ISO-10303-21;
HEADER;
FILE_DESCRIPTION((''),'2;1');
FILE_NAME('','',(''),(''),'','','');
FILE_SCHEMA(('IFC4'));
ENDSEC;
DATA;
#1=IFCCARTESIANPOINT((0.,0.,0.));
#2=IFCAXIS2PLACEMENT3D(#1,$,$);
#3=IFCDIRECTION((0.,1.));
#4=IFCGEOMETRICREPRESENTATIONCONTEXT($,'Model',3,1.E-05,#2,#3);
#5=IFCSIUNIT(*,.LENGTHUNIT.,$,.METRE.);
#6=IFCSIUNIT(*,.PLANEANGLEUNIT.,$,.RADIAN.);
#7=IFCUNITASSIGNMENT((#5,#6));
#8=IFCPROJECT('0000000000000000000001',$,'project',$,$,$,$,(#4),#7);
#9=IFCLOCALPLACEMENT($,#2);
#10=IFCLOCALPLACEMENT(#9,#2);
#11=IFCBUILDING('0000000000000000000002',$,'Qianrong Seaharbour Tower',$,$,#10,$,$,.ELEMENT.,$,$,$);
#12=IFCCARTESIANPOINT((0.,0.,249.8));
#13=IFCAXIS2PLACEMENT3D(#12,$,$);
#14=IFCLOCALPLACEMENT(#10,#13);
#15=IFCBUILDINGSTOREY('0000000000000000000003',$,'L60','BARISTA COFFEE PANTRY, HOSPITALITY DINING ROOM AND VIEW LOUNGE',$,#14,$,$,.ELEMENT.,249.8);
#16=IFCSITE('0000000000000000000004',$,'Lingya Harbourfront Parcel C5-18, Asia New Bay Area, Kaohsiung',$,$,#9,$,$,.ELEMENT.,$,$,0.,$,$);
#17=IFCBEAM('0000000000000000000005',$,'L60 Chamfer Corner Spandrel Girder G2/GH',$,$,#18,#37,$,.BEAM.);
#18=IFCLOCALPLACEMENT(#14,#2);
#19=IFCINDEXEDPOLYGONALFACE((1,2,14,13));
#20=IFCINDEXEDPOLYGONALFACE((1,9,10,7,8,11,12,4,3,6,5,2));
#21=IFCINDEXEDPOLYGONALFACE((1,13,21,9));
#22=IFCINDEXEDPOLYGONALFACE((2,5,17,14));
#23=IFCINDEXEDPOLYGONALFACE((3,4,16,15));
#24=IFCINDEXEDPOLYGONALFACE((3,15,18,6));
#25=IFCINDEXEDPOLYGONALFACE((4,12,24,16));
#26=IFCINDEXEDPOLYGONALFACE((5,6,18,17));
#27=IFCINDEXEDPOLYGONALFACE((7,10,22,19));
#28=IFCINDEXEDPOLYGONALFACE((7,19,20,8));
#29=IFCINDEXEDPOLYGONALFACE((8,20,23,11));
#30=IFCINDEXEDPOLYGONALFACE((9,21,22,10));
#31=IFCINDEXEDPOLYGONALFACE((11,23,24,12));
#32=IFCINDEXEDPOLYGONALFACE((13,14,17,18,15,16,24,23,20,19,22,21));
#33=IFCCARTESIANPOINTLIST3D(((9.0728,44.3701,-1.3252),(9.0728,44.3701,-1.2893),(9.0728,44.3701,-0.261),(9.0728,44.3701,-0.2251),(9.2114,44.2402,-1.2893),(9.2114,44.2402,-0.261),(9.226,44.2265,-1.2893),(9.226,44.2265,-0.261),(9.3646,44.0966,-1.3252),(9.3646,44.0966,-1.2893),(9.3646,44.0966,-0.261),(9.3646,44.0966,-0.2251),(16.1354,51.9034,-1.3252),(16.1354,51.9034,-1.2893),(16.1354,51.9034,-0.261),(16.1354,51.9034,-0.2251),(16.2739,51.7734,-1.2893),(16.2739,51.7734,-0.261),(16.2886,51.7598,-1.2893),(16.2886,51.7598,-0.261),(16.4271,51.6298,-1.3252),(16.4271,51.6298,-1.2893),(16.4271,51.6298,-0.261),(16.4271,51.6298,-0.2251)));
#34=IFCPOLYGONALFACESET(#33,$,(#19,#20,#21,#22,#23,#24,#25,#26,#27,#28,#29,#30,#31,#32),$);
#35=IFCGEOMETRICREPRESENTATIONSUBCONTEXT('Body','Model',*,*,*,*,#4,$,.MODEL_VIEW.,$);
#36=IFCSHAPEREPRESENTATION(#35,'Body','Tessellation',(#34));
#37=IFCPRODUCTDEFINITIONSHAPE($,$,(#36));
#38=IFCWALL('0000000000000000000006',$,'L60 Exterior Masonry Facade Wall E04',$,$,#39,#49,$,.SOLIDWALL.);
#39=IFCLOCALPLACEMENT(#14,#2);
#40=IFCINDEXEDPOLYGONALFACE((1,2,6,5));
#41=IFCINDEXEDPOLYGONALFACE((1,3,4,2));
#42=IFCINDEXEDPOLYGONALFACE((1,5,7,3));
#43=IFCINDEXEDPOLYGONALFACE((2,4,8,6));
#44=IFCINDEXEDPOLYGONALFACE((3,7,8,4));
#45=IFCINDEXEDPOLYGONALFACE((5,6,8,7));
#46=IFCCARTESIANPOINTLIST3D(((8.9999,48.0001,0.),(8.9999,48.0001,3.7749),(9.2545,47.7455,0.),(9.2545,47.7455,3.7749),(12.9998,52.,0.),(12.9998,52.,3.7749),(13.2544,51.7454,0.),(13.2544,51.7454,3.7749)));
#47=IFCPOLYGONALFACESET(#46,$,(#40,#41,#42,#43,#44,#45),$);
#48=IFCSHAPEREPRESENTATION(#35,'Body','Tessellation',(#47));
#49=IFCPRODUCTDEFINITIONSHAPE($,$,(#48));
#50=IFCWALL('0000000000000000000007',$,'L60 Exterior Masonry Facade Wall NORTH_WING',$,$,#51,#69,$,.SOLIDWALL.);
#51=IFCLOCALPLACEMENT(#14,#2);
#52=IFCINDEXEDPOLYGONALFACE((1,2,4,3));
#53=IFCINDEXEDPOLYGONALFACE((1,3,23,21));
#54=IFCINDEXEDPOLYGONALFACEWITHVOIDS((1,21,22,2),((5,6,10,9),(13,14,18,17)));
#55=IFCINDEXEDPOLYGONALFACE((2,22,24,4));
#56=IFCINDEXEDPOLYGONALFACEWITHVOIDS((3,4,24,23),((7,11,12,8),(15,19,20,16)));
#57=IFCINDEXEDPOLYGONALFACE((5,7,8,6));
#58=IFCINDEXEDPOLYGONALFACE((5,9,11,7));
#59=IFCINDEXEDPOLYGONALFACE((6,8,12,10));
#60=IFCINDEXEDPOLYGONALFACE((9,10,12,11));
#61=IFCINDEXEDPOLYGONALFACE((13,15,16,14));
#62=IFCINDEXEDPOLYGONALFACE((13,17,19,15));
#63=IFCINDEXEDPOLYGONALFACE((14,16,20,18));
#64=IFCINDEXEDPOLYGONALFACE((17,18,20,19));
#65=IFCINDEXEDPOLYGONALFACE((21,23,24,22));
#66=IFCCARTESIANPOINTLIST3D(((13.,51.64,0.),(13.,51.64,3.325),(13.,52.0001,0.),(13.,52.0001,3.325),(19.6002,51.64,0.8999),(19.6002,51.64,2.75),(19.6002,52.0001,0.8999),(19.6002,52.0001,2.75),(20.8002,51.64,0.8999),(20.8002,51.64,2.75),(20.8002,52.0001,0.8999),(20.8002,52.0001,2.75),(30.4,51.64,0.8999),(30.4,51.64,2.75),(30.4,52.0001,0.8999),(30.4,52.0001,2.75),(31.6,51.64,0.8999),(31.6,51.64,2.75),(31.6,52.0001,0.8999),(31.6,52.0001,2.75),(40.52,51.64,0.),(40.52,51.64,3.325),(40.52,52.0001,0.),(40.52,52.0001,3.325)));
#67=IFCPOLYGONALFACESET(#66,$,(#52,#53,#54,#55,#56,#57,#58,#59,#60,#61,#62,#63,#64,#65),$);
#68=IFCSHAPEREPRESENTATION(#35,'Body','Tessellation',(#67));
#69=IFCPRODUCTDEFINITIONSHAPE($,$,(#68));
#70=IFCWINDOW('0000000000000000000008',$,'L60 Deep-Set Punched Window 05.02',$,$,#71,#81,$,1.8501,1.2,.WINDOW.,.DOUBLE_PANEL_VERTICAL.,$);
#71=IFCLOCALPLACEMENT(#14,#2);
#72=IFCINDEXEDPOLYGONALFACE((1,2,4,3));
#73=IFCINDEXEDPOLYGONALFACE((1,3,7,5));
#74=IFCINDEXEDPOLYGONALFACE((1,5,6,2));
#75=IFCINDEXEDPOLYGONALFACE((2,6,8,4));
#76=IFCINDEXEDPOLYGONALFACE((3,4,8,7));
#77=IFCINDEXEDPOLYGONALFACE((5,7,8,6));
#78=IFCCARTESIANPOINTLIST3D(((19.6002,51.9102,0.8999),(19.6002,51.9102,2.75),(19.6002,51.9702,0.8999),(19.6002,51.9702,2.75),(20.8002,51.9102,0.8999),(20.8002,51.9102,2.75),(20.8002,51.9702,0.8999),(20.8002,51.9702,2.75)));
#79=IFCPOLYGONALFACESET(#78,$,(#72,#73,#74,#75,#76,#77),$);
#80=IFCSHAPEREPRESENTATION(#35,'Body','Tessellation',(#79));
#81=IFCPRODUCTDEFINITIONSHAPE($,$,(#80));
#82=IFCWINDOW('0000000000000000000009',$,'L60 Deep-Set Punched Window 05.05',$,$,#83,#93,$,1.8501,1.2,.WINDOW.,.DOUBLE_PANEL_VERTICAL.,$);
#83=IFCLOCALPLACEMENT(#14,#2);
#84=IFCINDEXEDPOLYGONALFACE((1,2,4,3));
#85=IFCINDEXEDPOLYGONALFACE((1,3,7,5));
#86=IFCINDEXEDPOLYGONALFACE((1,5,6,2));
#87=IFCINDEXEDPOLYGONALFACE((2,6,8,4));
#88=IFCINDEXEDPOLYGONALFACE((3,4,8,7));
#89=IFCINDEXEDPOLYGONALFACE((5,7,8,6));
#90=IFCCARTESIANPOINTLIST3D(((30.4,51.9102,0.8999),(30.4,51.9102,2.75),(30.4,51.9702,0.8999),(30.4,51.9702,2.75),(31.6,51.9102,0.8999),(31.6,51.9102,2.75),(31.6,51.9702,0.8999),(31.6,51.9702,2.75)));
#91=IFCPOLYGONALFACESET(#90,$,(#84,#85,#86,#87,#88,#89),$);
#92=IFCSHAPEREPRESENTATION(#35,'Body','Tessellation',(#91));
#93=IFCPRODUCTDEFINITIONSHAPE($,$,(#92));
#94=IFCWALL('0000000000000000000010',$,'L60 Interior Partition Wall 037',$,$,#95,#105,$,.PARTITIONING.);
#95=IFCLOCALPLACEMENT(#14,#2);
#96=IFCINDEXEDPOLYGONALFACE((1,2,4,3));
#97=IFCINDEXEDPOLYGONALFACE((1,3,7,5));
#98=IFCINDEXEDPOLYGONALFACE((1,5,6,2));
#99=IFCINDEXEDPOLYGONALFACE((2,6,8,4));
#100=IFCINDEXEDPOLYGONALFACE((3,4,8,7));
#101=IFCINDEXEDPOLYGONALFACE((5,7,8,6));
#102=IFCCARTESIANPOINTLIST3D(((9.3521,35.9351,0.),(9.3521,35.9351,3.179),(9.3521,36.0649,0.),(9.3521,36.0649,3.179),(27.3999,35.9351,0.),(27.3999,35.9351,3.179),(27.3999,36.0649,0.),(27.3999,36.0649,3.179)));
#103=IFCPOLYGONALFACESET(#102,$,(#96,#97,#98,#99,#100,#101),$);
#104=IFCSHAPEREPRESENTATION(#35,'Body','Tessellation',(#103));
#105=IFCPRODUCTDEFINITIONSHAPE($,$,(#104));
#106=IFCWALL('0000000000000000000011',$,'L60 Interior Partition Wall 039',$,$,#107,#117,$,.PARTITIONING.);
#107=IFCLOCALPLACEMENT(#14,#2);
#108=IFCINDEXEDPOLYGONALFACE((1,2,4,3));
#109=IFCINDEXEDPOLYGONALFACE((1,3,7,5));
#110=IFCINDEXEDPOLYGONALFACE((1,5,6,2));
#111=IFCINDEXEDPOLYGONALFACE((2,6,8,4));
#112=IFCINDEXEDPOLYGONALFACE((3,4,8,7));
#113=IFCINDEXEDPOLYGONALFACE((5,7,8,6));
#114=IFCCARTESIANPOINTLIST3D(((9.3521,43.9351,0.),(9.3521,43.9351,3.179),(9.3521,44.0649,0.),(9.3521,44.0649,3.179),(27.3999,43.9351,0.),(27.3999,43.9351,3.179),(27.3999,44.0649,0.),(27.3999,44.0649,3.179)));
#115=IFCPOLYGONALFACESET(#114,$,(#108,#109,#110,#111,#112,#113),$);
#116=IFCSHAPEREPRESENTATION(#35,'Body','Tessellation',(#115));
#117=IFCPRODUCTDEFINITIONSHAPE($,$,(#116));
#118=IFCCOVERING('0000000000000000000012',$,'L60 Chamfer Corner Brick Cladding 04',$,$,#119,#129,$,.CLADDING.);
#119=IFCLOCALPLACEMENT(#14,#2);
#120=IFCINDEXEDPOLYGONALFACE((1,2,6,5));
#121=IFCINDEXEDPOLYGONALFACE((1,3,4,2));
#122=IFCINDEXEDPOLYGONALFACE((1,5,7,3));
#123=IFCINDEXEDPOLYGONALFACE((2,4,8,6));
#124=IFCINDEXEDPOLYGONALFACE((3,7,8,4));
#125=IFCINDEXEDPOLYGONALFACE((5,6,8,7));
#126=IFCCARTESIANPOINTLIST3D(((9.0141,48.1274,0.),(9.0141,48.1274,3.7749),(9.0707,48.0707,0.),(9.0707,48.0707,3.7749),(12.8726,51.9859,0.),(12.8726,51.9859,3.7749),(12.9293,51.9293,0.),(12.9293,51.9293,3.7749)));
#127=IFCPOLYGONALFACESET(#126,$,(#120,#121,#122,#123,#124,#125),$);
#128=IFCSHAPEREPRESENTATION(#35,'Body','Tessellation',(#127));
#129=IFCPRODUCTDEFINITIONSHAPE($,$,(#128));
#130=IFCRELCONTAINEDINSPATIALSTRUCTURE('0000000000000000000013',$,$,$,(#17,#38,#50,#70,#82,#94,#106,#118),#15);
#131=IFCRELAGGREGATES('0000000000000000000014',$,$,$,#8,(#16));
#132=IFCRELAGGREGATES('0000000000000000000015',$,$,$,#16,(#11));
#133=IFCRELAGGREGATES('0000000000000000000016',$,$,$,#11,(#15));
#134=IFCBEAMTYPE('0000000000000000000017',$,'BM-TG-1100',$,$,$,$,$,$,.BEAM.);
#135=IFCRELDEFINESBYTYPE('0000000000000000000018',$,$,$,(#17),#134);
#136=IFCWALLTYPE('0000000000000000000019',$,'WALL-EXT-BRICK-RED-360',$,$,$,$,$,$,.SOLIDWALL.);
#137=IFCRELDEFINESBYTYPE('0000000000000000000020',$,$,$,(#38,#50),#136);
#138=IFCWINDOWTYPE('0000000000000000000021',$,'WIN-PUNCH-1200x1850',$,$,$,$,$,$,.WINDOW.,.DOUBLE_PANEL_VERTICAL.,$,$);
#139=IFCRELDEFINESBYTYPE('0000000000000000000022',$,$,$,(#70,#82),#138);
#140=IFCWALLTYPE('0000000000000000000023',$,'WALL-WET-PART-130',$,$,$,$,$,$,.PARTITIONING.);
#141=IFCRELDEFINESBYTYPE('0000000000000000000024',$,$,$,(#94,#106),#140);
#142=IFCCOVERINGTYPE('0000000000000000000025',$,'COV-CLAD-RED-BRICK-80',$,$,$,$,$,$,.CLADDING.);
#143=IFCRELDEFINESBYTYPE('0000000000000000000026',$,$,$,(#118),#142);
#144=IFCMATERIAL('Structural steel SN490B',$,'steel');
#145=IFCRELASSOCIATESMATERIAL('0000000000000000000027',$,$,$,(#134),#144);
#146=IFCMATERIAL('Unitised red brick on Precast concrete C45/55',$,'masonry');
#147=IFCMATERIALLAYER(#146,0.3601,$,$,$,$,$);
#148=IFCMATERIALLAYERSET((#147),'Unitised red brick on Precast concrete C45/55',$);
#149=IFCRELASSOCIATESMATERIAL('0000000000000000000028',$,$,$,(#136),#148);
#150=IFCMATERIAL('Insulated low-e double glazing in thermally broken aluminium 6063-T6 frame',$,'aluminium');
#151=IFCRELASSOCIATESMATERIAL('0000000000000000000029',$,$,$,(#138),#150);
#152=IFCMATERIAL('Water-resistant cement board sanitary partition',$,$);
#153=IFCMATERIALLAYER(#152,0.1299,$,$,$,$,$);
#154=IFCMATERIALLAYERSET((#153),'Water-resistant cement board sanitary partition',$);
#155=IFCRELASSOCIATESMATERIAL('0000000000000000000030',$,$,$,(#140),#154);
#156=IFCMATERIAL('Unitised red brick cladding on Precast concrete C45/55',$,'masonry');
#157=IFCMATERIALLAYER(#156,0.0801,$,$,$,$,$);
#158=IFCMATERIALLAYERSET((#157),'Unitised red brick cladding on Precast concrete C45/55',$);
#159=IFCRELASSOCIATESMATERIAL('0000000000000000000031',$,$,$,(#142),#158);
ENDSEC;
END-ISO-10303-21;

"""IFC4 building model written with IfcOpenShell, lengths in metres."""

from ifc_helpers import new_model, si_unit, direction, frame, frame_2d, origin, origin_2d, place, context, subcontext, project, spatial, rectangle, i_section, extrude, material, layer, layer_set, material_profile, profile_set, type_object, element, fill, save


model = new_model("IFC4")

# Units and contexts
model_context = context("Model", 3, precision=1e-05, world=origin(), true_north=direction((0.0, 1.0)))
body_context = subcontext(model_context, "Body", "Model", "MODEL_VIEW")
ifc_project = project(units=[si_unit("LENGTHUNIT", "METRE"), si_unit("PLANEANGLEUNIT", "RADIAN")], contexts=[model_context])

# Site, building, storey
site_placement = place(None, origin())
site = spatial("IfcSite", under=ifc_project, at=site_placement, Name="Lingya Harbourfront Parcel C5-18, Asia New Bay Area, Kaohsiung", CompositionType="ELEMENT", RefElevation=0.0)
building_placement = place(site_placement, origin())
building = spatial("IfcBuilding", under=site, at=building_placement, Name="Qianrong Seaharbour Tower", CompositionType="ELEMENT")
storey_placement = place(building_placement, frame((0.0, 0.0, 249.8)))
storey = spatial("IfcBuildingStorey", under=building, at=storey_placement, Name="L60", Description="BARISTA COFFEE PANTRY, HOSPITALITY DINING ROOM AND VIEW LOUNGE", CompositionType="ELEMENT", Elevation=249.8)

# Shared definitions
ifc_material_1 = material(Name="Structural steel SN490B", Category="steel")

# Beam
ifc_material_profile_1 = material_profile(ifc_material_1, i_section(OverallWidth=0.3999, OverallDepth=1.1001, WebThickness=0.02, FlangeThickness=0.0359, at=origin_2d()), Name="BH1100x400x20x36")
ifc_profile_set_1 = profile_set([ifc_material_profile_1], Name="Structural steel SN490B")
beam_type_1 = type_object("IfcBeamType", Name="BM-TG-1100", PredefinedType="BEAM", material=ifc_profile_set_1)
beam_1_placement = place(storey_placement, frame((16.2812, 51.7666, -0.7751), z_axis=(-0.683947, -0.729531, 0.0), x_axis=(0.729531, -0.683947, 0.0)))
element("IfcBeam", 1, at=beam_1_placement, inside=storey, type_object=beam_type_1, Name="L60 Chamfer Corner Spandrel Girder G2/GH", PredefinedType="BEAM", context=body_context, shape_type="SweptSolid", body=[
    extrude(i_section(OverallWidth=0.3999, OverallDepth=1.1001, WebThickness=0.02, FlangeThickness=0.0359, at=origin_2d()), origin(), (0.0, 0.0, 1.0), 10.3262),
])

# Wall
ifc_material_2 = material(Name="Unitised red brick on Precast concrete C45/55", Category="masonry")
ifc_layer_1 = layer(ifc_material_2, 0.3601)
ifc_layer_set_1 = layer_set([ifc_layer_1], Name="Unitised red brick on Precast concrete C45/55")
wall_type_1 = type_object("IfcWallType", Name="WALL-EXT-BRICK-RED-360", PredefinedType="SOLIDWALL", material=ifc_layer_set_1)
wall_1_placement = place(storey_placement, frame((9.1272, 47.8728, 0.0), z_axis=(0.0, 0.0, 1.0), x_axis=(0.707107, 0.707107, 0.0)))
element("IfcWall", 2, at=wall_1_placement, inside=storey, type_object=wall_type_1, Name="L60 Exterior Masonry Facade Wall E04", PredefinedType="SOLIDWALL", context=body_context, shape_type="SweptSolid", body=[
    extrude(rectangle(XDim=5.6567, YDim=0.3601, at=frame_2d((2.8284, 0.0))), origin(), (0.0, 0.0, 1.0), 3.7749),
])

# Wall, openings, windows
wall_2_placement = place(storey_placement, frame((13.0, 51.8201, 0.0), z_axis=(0.0, 0.0, 1.0), x_axis=(1.0, 0.0, 0.0)))
wall_2 = element("IfcWall", 3, at=wall_2_placement, inside=storey, type_object=wall_type_1, Name="L60 Exterior Masonry Facade Wall NORTH_WING", PredefinedType="SOLIDWALL", context=body_context, shape_type="SweptSolid", body=[
    extrude(rectangle(XDim=27.52, YDim=0.3601, at=frame_2d((13.76, 0.0))), origin(), (0.0, 0.0, 1.0), 3.325),
])
opening_1_placement = place(wall_2_placement, frame((6.6001, 0.0, 0.8999)))
opening_1 = element("IfcOpeningElement", 4, at=opening_1_placement, cuts=wall_2, PredefinedType="OPENING", context=body_context, shape_type="SweptSolid", body=[
    extrude(rectangle(XDim=1.2, YDim=1.8501, at=frame_2d((0.6001, 0.925))), frame((0.0, 0.1899, 0.0), z_axis=(0.0, -1.0, 0.0), x_axis=(1.0, 0.0, 0.0)), (0.0, 0.0, 1.0), 0.3801),
])
opening_2_placement = place(wall_2_placement, frame((17.3999, 0.0, 0.8999)))
opening_2 = element("IfcOpeningElement", 5, at=opening_2_placement, cuts=wall_2, PredefinedType="OPENING", context=body_context, shape_type="SweptSolid", body=[
    extrude(rectangle(XDim=1.2, YDim=1.8501, at=frame_2d((0.6001, 0.925))), frame((0.0, 0.1899, 0.0), z_axis=(0.0, -1.0, 0.0), x_axis=(1.0, 0.0, 0.0)), (0.0, 0.0, 1.0), 0.3801),
])
ifc_material_3 = material(Name="Insulated low-e double glazing in thermally broken aluminium 6063-T6 frame", Category="aluminium")
window_type = type_object("IfcWindowType", Name="WIN-PUNCH-1200x1850", PartitioningType="DOUBLE_PANEL_VERTICAL", PredefinedType="WINDOW", material=ifc_material_3)
window_1_placement = place(opening_1_placement, origin())
window_1 = element("IfcWindow", 6, at=window_1_placement, inside=storey, type_object=window_type, Name="L60 Deep-Set Punched Window 05.02", OverallHeight=1.8501, OverallWidth=1.2, PartitioningType="DOUBLE_PANEL_VERTICAL", PredefinedType="WINDOW", context=body_context, shape_type="SweptSolid", body=[
    extrude(rectangle(XDim=1.2, YDim=1.8501, at=frame_2d((0.6001, 0.925))), frame((0.0, 0.1501, 0.0), z_axis=(0.0, -1.0, 0.0), x_axis=(1.0, 0.0, 0.0)), (0.0, 0.0, 1.0), 0.0601),
])
fill(opening_1, window_1)
window_2_placement = place(opening_2_placement, origin())
window_2 = element("IfcWindow", 7, at=window_2_placement, inside=storey, type_object=window_type, Name="L60 Deep-Set Punched Window 05.05", OverallHeight=1.8501, OverallWidth=1.2, PartitioningType="DOUBLE_PANEL_VERTICAL", PredefinedType="WINDOW", context=body_context, shape_type="SweptSolid", body=[
    extrude(rectangle(XDim=1.2, YDim=1.8501, at=frame_2d((0.6001, 0.925))), frame((0.0, 0.1501, 0.0), z_axis=(0.0, -1.0, 0.0), x_axis=(1.0, 0.0, 0.0)), (0.0, 0.0, 1.0), 0.0601),
])
fill(opening_2, window_2)

# Walls
ifc_material_4 = material(Name="Water-resistant cement board sanitary partition")
ifc_layer_2 = layer(ifc_material_4, 0.1299)
ifc_layer_set_2 = layer_set([ifc_layer_2], Name="Water-resistant cement board sanitary partition")
wall_type_2 = type_object("IfcWallType", Name="WALL-WET-PART-130", PredefinedType="PARTITIONING", material=ifc_layer_set_2)
for number, where, z_axis, x_axis, name in (
    (8, (9.3521, 36.0, 0.0), (0.0, 0.0, 1.0), (1.0, 0.0, 0.0), "L60 Interior Partition Wall 037"),
    (9, (9.3521, 44.0, 0.0), (0.0, 0.0, 1.0), (1.0, 0.0, 0.0), "L60 Interior Partition Wall 039"),
):
    element("IfcWall", number, at=place(storey_placement, frame(where, z_axis=z_axis, x_axis=x_axis)), inside=storey, type_object=wall_type_2, Name=name, PredefinedType="PARTITIONING", context=body_context, shape_type="SweptSolid", body=[
        extrude(rectangle(XDim=18.0479, YDim=0.1299, at=frame_2d((9.0239, 0.0))), origin(), (0.0, 0.0, 1.0), 3.179),
    ])

# Covering
ifc_material_5 = material(Name="Unitised red brick cladding on Precast concrete C45/55", Category="masonry")
ifc_layer_3 = layer(ifc_material_5, 0.0801)
ifc_layer_set_3 = layer_set([ifc_layer_3], Name="Unitised red brick cladding on Precast concrete C45/55")
covering_type = type_object("IfcCoveringType", Name="COV-CLAD-RED-BRICK-80", PredefinedType="CLADDING", material=ifc_layer_set_3)
covering_placement = place(storey_placement, frame((10.9717, 50.0283, 0.0), z_axis=(0.0, 0.0, 1.0), x_axis=(0.707107, 0.707107, 0.0)))
element("IfcCovering", 10, at=covering_placement, inside=storey, type_object=covering_type, Name="L60 Chamfer Corner Brick Cladding 04", PredefinedType="CLADDING", context=body_context, shape_type="SweptSolid", body=[
    extrude(rectangle(XDim=5.4568, YDim=0.0801, at=origin_2d()), origin(), (0.0, 0.0, 1.0), 3.7749),
])

save(model, "model.ifc")
